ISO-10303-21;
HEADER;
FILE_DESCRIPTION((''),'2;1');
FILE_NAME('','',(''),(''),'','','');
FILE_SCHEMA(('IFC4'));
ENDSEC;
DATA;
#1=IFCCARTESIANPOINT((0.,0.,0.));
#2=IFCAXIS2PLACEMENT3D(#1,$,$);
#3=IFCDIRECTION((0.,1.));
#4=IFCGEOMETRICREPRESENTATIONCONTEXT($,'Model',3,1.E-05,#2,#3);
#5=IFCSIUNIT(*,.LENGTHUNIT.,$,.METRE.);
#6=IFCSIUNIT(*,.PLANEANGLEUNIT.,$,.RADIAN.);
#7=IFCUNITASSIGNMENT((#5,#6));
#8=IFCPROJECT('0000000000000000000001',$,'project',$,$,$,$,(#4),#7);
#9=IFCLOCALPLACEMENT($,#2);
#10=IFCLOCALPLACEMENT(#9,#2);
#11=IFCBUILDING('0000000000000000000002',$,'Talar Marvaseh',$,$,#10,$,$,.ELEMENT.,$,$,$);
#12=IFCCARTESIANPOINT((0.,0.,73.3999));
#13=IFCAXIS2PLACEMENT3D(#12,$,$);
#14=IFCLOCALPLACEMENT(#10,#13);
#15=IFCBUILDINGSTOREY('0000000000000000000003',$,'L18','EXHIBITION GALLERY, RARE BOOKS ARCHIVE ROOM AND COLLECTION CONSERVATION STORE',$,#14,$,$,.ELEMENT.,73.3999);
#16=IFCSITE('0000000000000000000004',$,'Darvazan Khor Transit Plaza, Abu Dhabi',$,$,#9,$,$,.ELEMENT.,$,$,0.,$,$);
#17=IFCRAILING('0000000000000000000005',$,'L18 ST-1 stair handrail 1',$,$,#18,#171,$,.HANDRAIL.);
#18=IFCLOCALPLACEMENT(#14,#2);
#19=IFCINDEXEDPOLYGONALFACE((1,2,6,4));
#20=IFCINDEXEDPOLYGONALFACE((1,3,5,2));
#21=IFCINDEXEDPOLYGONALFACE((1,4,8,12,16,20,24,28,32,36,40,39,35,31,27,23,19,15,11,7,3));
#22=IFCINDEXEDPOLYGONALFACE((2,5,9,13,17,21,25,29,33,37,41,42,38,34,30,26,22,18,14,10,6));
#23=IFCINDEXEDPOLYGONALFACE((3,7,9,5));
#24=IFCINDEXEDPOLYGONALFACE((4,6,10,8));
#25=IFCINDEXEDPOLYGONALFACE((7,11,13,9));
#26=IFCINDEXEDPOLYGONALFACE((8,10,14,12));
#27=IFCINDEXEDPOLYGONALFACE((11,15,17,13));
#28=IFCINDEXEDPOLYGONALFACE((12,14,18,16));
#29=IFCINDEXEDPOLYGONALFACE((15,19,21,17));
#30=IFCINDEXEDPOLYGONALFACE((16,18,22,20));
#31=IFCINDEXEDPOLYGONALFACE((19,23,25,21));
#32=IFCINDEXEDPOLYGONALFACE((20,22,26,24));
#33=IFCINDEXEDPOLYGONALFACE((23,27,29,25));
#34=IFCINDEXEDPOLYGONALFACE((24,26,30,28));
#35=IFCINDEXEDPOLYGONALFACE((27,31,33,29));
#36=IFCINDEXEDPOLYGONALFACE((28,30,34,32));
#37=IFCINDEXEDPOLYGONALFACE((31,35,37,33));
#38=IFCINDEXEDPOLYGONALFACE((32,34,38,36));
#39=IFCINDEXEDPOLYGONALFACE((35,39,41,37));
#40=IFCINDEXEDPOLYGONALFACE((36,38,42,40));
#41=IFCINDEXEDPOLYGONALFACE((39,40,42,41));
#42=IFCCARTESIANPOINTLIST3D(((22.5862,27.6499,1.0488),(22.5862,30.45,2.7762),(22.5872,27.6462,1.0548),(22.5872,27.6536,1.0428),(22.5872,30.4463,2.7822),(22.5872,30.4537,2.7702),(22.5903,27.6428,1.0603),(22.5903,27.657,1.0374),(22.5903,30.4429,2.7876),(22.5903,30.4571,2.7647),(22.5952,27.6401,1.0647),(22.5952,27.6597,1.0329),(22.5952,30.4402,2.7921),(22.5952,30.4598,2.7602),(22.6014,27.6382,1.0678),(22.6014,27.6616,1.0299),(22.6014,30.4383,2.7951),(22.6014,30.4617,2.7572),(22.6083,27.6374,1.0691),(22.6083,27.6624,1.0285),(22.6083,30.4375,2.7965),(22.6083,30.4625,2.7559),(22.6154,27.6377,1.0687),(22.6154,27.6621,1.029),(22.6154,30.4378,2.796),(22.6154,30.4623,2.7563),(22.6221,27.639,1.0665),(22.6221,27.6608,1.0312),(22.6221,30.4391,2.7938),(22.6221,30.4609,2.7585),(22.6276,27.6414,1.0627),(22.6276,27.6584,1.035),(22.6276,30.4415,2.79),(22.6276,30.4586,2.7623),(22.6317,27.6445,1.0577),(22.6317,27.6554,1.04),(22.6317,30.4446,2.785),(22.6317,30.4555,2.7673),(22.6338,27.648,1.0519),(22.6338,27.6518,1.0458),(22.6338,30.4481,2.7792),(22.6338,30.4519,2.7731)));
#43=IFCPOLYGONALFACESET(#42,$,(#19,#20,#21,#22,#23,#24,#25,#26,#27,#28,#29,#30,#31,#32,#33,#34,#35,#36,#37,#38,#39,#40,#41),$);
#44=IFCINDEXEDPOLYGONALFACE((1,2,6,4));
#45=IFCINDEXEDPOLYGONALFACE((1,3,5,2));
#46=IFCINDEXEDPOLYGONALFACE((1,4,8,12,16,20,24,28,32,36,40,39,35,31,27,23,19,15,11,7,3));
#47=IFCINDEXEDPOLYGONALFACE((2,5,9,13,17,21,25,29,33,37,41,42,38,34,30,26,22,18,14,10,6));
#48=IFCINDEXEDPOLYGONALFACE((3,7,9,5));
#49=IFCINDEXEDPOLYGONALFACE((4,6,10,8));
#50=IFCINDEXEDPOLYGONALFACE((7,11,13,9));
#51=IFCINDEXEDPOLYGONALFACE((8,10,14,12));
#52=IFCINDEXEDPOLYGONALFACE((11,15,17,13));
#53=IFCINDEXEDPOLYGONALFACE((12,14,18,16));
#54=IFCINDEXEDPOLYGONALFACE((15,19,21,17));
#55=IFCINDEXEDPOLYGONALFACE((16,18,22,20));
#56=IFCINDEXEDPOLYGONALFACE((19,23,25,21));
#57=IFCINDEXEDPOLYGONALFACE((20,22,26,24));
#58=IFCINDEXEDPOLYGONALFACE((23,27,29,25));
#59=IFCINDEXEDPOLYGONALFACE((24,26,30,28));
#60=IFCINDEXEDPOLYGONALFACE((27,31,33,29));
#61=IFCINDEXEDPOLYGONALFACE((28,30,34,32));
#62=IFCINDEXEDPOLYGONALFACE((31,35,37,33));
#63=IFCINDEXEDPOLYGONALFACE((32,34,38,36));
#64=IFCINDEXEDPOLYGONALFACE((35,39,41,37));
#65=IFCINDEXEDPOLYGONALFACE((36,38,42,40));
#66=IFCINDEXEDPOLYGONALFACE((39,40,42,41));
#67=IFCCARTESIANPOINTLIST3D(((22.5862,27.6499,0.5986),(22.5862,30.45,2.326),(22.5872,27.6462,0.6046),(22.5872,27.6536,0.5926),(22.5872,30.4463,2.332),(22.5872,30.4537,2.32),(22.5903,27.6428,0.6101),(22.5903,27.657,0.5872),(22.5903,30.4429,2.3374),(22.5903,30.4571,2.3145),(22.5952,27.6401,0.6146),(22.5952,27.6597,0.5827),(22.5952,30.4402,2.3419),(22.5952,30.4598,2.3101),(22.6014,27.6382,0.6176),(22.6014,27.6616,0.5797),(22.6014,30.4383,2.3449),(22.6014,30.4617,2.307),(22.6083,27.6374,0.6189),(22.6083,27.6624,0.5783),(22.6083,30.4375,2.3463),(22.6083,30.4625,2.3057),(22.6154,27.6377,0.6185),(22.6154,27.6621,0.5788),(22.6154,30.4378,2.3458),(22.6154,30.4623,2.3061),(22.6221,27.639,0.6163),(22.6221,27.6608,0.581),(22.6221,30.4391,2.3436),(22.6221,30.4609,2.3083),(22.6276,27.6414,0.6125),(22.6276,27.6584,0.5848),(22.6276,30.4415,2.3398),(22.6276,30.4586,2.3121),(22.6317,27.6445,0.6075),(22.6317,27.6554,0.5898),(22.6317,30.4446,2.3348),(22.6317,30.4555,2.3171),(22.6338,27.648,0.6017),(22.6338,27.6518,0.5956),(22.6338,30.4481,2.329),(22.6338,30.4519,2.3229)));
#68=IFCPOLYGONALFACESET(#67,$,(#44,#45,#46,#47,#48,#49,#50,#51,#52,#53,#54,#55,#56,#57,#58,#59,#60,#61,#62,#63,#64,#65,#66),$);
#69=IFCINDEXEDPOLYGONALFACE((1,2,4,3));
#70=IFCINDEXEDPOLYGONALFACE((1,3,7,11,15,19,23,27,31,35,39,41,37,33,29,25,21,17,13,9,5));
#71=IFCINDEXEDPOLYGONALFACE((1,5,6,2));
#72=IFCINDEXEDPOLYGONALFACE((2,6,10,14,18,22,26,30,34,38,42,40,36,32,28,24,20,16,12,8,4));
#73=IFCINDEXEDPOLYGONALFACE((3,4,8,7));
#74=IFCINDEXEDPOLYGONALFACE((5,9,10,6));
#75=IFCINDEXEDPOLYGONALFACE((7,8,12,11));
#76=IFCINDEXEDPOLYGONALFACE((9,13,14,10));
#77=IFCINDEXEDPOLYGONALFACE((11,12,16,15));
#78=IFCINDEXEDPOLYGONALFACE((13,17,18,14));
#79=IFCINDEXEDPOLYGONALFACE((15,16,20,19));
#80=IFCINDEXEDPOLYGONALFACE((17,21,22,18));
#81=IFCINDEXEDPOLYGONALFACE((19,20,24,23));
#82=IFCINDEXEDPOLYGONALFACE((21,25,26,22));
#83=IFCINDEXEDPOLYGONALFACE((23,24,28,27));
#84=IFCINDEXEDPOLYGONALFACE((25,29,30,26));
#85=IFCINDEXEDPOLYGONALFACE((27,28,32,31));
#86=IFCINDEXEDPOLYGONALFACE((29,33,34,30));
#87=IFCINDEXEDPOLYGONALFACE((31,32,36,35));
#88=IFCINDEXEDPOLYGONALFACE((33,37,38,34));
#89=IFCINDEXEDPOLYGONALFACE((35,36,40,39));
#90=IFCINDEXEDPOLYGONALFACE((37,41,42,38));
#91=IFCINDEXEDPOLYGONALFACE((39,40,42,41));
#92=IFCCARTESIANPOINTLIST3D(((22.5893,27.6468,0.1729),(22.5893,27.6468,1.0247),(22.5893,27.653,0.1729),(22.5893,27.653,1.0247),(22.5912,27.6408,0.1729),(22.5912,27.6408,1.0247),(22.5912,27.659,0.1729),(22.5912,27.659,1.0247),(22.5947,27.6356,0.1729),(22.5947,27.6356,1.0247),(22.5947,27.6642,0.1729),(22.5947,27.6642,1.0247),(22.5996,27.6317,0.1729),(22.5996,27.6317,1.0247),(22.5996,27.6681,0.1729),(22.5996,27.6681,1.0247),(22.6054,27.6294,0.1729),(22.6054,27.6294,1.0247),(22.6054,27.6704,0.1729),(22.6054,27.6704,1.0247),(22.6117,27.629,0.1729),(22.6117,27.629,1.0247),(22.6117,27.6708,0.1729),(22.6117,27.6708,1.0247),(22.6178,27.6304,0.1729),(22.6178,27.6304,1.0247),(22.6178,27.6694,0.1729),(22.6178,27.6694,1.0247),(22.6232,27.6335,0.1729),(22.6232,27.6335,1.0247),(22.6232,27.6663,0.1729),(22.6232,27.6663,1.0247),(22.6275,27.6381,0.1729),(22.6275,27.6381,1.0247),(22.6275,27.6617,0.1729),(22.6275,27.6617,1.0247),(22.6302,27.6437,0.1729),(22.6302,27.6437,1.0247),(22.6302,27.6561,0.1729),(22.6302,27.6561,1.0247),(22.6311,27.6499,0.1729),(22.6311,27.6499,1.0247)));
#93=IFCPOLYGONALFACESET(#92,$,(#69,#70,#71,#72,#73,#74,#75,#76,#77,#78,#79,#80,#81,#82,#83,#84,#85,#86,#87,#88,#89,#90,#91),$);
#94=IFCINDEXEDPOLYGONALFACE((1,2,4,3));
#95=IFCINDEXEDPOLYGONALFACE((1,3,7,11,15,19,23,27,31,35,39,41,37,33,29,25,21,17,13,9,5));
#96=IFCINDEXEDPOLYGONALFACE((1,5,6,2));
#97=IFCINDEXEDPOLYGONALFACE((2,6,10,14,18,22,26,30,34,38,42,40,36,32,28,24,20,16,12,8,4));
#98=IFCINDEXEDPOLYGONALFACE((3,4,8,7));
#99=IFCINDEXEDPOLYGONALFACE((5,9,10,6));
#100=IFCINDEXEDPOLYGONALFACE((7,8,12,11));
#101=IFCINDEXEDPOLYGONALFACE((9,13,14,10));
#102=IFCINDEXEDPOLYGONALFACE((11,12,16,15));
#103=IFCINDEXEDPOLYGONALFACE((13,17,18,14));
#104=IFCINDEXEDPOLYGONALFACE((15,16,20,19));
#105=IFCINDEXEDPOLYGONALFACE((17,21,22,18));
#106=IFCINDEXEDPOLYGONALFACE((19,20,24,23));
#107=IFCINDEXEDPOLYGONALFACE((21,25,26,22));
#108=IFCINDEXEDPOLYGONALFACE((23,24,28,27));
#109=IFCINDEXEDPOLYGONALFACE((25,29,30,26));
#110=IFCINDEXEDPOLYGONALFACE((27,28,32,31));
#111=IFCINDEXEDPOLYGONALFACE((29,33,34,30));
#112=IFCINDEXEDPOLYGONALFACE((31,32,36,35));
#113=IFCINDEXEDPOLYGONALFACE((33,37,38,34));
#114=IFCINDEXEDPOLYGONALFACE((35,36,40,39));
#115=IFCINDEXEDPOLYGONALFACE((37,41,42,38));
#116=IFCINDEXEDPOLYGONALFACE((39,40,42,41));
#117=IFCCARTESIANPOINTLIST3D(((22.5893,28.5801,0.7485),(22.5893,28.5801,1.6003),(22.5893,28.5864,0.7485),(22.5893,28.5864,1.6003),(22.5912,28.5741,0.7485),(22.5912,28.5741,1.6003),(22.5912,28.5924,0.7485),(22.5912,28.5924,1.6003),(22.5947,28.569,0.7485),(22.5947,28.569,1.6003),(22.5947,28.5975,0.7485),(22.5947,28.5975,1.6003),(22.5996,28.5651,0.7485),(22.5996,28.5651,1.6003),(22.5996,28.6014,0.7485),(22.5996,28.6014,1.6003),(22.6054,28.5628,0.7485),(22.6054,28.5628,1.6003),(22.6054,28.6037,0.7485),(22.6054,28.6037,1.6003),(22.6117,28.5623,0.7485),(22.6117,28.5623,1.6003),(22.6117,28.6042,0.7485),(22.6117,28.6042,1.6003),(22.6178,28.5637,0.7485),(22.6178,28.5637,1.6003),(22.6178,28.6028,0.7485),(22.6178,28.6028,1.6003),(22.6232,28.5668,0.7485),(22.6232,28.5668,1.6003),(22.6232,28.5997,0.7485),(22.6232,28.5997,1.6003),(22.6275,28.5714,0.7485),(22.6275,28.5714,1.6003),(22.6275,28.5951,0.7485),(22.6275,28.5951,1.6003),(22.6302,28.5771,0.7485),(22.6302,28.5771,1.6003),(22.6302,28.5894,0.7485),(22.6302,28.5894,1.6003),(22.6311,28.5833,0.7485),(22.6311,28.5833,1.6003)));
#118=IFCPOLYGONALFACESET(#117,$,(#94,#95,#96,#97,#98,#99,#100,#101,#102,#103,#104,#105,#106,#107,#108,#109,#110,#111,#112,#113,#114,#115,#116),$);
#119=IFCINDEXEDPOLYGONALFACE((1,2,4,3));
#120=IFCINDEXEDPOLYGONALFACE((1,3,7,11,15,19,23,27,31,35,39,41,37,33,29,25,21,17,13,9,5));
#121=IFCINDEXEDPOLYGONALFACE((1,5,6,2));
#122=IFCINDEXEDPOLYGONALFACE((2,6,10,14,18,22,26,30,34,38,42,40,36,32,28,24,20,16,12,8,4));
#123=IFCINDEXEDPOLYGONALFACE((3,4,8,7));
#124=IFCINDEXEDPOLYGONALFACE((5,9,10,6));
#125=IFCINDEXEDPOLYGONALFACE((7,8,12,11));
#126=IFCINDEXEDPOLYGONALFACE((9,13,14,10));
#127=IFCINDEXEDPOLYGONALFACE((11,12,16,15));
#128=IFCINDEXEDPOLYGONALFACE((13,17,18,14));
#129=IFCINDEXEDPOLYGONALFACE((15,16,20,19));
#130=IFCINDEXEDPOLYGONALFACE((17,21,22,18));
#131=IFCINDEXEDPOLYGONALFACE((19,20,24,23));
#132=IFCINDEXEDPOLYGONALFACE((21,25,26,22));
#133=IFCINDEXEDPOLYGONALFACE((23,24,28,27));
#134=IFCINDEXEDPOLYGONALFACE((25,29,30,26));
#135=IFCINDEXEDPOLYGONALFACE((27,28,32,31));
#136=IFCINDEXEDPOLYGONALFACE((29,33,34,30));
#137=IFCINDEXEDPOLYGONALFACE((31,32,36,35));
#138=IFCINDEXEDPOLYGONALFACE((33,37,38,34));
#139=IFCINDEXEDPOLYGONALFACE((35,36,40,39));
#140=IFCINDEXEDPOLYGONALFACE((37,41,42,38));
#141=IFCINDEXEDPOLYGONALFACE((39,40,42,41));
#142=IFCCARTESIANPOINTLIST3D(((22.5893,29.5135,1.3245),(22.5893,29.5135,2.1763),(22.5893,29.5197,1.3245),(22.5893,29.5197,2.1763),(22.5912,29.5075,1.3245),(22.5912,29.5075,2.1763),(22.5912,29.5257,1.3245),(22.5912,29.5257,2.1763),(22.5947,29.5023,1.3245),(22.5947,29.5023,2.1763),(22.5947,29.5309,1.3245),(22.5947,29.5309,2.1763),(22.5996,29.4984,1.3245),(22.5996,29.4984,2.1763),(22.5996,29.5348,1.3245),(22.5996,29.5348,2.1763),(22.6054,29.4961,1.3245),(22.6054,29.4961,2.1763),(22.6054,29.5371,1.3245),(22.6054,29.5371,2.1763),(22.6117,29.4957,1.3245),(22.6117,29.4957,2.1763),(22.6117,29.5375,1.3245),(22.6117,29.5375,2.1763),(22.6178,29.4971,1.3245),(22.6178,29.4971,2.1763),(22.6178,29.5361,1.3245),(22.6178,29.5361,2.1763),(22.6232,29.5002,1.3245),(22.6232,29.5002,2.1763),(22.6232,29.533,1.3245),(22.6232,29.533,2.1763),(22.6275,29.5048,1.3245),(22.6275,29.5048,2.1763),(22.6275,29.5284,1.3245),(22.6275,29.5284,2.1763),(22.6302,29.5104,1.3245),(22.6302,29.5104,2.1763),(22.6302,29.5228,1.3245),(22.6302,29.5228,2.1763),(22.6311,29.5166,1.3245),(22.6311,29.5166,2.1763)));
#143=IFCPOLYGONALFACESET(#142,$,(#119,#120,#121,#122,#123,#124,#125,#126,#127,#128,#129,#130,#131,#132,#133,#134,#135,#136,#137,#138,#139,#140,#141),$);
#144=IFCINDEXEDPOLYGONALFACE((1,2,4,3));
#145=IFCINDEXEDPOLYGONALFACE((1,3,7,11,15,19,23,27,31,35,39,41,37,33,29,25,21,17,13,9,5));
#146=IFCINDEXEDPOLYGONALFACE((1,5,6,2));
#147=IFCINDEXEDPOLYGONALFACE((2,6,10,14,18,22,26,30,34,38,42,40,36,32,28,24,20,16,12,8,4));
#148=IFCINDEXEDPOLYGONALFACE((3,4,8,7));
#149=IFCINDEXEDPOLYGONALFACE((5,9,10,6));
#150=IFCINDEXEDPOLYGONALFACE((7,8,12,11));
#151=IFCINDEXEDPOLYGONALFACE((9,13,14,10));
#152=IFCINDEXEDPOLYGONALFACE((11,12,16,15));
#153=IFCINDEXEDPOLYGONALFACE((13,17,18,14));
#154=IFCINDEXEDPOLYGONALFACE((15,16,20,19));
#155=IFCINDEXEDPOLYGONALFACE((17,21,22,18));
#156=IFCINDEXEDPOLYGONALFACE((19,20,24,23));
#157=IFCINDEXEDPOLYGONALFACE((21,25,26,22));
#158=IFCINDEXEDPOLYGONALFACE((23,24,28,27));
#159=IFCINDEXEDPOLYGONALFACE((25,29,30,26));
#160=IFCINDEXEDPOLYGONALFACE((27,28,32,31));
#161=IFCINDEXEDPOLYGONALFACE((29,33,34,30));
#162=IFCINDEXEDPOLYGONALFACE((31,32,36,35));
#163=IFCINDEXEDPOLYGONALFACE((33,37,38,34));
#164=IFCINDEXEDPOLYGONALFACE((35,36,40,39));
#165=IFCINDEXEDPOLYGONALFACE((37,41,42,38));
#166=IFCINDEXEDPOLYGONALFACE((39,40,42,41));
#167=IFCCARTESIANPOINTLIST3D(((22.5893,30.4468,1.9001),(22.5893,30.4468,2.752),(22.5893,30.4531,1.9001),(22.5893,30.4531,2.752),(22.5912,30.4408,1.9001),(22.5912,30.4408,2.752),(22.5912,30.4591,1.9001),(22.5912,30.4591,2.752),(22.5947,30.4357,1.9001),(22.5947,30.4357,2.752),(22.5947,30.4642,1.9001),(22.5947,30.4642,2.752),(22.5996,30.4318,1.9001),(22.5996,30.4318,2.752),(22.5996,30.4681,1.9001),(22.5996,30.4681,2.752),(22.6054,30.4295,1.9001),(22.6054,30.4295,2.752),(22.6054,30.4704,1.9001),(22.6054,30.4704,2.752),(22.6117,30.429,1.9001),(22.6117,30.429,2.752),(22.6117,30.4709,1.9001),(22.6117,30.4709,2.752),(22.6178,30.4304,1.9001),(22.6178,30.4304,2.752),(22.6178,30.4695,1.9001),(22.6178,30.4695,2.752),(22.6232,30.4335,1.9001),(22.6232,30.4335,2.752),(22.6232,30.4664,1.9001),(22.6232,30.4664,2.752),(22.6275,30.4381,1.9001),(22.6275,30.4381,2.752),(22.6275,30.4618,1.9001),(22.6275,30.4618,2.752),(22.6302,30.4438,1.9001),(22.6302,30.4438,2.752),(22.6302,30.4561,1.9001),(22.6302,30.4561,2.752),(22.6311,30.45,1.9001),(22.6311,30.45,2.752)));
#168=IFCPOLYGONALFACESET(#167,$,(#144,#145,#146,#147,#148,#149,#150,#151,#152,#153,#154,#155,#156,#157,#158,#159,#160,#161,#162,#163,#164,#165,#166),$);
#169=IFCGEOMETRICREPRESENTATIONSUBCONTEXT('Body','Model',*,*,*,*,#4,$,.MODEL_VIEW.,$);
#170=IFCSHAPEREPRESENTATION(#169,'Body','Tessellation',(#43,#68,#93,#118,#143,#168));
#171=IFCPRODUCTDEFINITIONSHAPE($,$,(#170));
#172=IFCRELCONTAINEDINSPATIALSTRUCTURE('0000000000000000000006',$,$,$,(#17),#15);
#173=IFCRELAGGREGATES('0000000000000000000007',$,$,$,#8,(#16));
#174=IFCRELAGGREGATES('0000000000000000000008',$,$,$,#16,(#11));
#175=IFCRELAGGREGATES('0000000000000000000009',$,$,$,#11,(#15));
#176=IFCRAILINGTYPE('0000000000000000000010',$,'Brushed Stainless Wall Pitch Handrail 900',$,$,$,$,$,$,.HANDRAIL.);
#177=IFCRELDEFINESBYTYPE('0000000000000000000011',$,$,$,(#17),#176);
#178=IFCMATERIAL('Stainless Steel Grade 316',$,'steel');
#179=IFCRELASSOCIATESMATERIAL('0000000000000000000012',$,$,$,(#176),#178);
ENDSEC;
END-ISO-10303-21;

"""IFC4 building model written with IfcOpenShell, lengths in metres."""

from ifc_helpers import new_model, si_unit, direction, frame, origin, origin_2d, place, context, subcontext, project, spatial, circle, extrude, material, type_object, element, save


model = new_model("IFC4")

# Units and contexts
model_context = context("Model", 3, precision=1e-05, world=origin(), true_north=direction((0.0, 1.0)))
body_context = subcontext(model_context, "Body", "Model", "MODEL_VIEW")
ifc_project = project(units=[si_unit("LENGTHUNIT", "METRE"), si_unit("PLANEANGLEUNIT", "RADIAN")], contexts=[model_context])

# Site, building, storey
site_placement = place(None, origin())
site = spatial("IfcSite", under=ifc_project, at=site_placement, Name="Darvazan Khor Transit Plaza, Abu Dhabi", CompositionType="ELEMENT", RefElevation=0.0)
building_placement = place(site_placement, origin())
building = spatial("IfcBuilding", under=site, at=building_placement, Name="Talar Marvaseh", CompositionType="ELEMENT")
storey_placement = place(building_placement, frame((0.0, 0.0, 73.3999)))
storey = spatial("IfcBuildingStorey", under=building, at=storey_placement, Name="L18", Description="EXHIBITION GALLERY, RARE BOOKS ARCHIVE ROOM AND COLLECTION CONSERVATION STORE", CompositionType="ELEMENT", Elevation=73.3999)

# Railing
ifc_material_1 = material(Name="Stainless Steel Grade 316", Category="steel")
railing_type_1 = type_object("IfcRailingType", Name="Brushed Stainless Wall Pitch Handrail 900", PredefinedType="HANDRAIL", material=ifc_material_1)
railing_1_placement = place(storey_placement, frame((22.6101, 27.6499, 0.1729)))
element("IfcRailing", 1, at=railing_1_placement, inside=storey, type_object=railing_type_1, Name="L18 ST-1 stair handrail 1", PredefinedType="HANDRAIL", context=body_context, shape_type="SweptSolid", body=[
    extrude(circle(Radius=0.0239, at=origin_2d()), frame((0.0, 0.0, 0.876), z_axis=(0.0, 0.85109, 0.52502), x_axis=(-1.0, 0.0, 0.0)), (0.0, 0.0, 1.0), 3.29),
    extrude(circle(Radius=0.0239, at=origin_2d()), frame((0.0, 0.0, 0.4258), z_axis=(0.0, 0.85109, 0.52502), x_axis=(-1.0, 0.0, 0.0)), (0.0, 0.0, 1.0), 3.29),
    extrude(circle(Radius=0.021, at=origin_2d()), origin(), (0.0, 0.0, 1.0), 0.8518),
    extrude(circle(Radius=0.021, at=origin_2d()), frame((0.0, 0.9333, 0.5757)), (0.0, 0.0, 1.0), 0.8518),
    extrude(circle(Radius=0.021, at=origin_2d()), frame((0.0, 1.8667, 1.1516)), (0.0, 0.0, 1.0), 0.8518),
    extrude(circle(Radius=0.021, at=origin_2d()), frame((0.0, 2.8, 1.7273)), (0.0, 0.0, 1.0), 0.8518),
])

save(model, "model.ifc")
